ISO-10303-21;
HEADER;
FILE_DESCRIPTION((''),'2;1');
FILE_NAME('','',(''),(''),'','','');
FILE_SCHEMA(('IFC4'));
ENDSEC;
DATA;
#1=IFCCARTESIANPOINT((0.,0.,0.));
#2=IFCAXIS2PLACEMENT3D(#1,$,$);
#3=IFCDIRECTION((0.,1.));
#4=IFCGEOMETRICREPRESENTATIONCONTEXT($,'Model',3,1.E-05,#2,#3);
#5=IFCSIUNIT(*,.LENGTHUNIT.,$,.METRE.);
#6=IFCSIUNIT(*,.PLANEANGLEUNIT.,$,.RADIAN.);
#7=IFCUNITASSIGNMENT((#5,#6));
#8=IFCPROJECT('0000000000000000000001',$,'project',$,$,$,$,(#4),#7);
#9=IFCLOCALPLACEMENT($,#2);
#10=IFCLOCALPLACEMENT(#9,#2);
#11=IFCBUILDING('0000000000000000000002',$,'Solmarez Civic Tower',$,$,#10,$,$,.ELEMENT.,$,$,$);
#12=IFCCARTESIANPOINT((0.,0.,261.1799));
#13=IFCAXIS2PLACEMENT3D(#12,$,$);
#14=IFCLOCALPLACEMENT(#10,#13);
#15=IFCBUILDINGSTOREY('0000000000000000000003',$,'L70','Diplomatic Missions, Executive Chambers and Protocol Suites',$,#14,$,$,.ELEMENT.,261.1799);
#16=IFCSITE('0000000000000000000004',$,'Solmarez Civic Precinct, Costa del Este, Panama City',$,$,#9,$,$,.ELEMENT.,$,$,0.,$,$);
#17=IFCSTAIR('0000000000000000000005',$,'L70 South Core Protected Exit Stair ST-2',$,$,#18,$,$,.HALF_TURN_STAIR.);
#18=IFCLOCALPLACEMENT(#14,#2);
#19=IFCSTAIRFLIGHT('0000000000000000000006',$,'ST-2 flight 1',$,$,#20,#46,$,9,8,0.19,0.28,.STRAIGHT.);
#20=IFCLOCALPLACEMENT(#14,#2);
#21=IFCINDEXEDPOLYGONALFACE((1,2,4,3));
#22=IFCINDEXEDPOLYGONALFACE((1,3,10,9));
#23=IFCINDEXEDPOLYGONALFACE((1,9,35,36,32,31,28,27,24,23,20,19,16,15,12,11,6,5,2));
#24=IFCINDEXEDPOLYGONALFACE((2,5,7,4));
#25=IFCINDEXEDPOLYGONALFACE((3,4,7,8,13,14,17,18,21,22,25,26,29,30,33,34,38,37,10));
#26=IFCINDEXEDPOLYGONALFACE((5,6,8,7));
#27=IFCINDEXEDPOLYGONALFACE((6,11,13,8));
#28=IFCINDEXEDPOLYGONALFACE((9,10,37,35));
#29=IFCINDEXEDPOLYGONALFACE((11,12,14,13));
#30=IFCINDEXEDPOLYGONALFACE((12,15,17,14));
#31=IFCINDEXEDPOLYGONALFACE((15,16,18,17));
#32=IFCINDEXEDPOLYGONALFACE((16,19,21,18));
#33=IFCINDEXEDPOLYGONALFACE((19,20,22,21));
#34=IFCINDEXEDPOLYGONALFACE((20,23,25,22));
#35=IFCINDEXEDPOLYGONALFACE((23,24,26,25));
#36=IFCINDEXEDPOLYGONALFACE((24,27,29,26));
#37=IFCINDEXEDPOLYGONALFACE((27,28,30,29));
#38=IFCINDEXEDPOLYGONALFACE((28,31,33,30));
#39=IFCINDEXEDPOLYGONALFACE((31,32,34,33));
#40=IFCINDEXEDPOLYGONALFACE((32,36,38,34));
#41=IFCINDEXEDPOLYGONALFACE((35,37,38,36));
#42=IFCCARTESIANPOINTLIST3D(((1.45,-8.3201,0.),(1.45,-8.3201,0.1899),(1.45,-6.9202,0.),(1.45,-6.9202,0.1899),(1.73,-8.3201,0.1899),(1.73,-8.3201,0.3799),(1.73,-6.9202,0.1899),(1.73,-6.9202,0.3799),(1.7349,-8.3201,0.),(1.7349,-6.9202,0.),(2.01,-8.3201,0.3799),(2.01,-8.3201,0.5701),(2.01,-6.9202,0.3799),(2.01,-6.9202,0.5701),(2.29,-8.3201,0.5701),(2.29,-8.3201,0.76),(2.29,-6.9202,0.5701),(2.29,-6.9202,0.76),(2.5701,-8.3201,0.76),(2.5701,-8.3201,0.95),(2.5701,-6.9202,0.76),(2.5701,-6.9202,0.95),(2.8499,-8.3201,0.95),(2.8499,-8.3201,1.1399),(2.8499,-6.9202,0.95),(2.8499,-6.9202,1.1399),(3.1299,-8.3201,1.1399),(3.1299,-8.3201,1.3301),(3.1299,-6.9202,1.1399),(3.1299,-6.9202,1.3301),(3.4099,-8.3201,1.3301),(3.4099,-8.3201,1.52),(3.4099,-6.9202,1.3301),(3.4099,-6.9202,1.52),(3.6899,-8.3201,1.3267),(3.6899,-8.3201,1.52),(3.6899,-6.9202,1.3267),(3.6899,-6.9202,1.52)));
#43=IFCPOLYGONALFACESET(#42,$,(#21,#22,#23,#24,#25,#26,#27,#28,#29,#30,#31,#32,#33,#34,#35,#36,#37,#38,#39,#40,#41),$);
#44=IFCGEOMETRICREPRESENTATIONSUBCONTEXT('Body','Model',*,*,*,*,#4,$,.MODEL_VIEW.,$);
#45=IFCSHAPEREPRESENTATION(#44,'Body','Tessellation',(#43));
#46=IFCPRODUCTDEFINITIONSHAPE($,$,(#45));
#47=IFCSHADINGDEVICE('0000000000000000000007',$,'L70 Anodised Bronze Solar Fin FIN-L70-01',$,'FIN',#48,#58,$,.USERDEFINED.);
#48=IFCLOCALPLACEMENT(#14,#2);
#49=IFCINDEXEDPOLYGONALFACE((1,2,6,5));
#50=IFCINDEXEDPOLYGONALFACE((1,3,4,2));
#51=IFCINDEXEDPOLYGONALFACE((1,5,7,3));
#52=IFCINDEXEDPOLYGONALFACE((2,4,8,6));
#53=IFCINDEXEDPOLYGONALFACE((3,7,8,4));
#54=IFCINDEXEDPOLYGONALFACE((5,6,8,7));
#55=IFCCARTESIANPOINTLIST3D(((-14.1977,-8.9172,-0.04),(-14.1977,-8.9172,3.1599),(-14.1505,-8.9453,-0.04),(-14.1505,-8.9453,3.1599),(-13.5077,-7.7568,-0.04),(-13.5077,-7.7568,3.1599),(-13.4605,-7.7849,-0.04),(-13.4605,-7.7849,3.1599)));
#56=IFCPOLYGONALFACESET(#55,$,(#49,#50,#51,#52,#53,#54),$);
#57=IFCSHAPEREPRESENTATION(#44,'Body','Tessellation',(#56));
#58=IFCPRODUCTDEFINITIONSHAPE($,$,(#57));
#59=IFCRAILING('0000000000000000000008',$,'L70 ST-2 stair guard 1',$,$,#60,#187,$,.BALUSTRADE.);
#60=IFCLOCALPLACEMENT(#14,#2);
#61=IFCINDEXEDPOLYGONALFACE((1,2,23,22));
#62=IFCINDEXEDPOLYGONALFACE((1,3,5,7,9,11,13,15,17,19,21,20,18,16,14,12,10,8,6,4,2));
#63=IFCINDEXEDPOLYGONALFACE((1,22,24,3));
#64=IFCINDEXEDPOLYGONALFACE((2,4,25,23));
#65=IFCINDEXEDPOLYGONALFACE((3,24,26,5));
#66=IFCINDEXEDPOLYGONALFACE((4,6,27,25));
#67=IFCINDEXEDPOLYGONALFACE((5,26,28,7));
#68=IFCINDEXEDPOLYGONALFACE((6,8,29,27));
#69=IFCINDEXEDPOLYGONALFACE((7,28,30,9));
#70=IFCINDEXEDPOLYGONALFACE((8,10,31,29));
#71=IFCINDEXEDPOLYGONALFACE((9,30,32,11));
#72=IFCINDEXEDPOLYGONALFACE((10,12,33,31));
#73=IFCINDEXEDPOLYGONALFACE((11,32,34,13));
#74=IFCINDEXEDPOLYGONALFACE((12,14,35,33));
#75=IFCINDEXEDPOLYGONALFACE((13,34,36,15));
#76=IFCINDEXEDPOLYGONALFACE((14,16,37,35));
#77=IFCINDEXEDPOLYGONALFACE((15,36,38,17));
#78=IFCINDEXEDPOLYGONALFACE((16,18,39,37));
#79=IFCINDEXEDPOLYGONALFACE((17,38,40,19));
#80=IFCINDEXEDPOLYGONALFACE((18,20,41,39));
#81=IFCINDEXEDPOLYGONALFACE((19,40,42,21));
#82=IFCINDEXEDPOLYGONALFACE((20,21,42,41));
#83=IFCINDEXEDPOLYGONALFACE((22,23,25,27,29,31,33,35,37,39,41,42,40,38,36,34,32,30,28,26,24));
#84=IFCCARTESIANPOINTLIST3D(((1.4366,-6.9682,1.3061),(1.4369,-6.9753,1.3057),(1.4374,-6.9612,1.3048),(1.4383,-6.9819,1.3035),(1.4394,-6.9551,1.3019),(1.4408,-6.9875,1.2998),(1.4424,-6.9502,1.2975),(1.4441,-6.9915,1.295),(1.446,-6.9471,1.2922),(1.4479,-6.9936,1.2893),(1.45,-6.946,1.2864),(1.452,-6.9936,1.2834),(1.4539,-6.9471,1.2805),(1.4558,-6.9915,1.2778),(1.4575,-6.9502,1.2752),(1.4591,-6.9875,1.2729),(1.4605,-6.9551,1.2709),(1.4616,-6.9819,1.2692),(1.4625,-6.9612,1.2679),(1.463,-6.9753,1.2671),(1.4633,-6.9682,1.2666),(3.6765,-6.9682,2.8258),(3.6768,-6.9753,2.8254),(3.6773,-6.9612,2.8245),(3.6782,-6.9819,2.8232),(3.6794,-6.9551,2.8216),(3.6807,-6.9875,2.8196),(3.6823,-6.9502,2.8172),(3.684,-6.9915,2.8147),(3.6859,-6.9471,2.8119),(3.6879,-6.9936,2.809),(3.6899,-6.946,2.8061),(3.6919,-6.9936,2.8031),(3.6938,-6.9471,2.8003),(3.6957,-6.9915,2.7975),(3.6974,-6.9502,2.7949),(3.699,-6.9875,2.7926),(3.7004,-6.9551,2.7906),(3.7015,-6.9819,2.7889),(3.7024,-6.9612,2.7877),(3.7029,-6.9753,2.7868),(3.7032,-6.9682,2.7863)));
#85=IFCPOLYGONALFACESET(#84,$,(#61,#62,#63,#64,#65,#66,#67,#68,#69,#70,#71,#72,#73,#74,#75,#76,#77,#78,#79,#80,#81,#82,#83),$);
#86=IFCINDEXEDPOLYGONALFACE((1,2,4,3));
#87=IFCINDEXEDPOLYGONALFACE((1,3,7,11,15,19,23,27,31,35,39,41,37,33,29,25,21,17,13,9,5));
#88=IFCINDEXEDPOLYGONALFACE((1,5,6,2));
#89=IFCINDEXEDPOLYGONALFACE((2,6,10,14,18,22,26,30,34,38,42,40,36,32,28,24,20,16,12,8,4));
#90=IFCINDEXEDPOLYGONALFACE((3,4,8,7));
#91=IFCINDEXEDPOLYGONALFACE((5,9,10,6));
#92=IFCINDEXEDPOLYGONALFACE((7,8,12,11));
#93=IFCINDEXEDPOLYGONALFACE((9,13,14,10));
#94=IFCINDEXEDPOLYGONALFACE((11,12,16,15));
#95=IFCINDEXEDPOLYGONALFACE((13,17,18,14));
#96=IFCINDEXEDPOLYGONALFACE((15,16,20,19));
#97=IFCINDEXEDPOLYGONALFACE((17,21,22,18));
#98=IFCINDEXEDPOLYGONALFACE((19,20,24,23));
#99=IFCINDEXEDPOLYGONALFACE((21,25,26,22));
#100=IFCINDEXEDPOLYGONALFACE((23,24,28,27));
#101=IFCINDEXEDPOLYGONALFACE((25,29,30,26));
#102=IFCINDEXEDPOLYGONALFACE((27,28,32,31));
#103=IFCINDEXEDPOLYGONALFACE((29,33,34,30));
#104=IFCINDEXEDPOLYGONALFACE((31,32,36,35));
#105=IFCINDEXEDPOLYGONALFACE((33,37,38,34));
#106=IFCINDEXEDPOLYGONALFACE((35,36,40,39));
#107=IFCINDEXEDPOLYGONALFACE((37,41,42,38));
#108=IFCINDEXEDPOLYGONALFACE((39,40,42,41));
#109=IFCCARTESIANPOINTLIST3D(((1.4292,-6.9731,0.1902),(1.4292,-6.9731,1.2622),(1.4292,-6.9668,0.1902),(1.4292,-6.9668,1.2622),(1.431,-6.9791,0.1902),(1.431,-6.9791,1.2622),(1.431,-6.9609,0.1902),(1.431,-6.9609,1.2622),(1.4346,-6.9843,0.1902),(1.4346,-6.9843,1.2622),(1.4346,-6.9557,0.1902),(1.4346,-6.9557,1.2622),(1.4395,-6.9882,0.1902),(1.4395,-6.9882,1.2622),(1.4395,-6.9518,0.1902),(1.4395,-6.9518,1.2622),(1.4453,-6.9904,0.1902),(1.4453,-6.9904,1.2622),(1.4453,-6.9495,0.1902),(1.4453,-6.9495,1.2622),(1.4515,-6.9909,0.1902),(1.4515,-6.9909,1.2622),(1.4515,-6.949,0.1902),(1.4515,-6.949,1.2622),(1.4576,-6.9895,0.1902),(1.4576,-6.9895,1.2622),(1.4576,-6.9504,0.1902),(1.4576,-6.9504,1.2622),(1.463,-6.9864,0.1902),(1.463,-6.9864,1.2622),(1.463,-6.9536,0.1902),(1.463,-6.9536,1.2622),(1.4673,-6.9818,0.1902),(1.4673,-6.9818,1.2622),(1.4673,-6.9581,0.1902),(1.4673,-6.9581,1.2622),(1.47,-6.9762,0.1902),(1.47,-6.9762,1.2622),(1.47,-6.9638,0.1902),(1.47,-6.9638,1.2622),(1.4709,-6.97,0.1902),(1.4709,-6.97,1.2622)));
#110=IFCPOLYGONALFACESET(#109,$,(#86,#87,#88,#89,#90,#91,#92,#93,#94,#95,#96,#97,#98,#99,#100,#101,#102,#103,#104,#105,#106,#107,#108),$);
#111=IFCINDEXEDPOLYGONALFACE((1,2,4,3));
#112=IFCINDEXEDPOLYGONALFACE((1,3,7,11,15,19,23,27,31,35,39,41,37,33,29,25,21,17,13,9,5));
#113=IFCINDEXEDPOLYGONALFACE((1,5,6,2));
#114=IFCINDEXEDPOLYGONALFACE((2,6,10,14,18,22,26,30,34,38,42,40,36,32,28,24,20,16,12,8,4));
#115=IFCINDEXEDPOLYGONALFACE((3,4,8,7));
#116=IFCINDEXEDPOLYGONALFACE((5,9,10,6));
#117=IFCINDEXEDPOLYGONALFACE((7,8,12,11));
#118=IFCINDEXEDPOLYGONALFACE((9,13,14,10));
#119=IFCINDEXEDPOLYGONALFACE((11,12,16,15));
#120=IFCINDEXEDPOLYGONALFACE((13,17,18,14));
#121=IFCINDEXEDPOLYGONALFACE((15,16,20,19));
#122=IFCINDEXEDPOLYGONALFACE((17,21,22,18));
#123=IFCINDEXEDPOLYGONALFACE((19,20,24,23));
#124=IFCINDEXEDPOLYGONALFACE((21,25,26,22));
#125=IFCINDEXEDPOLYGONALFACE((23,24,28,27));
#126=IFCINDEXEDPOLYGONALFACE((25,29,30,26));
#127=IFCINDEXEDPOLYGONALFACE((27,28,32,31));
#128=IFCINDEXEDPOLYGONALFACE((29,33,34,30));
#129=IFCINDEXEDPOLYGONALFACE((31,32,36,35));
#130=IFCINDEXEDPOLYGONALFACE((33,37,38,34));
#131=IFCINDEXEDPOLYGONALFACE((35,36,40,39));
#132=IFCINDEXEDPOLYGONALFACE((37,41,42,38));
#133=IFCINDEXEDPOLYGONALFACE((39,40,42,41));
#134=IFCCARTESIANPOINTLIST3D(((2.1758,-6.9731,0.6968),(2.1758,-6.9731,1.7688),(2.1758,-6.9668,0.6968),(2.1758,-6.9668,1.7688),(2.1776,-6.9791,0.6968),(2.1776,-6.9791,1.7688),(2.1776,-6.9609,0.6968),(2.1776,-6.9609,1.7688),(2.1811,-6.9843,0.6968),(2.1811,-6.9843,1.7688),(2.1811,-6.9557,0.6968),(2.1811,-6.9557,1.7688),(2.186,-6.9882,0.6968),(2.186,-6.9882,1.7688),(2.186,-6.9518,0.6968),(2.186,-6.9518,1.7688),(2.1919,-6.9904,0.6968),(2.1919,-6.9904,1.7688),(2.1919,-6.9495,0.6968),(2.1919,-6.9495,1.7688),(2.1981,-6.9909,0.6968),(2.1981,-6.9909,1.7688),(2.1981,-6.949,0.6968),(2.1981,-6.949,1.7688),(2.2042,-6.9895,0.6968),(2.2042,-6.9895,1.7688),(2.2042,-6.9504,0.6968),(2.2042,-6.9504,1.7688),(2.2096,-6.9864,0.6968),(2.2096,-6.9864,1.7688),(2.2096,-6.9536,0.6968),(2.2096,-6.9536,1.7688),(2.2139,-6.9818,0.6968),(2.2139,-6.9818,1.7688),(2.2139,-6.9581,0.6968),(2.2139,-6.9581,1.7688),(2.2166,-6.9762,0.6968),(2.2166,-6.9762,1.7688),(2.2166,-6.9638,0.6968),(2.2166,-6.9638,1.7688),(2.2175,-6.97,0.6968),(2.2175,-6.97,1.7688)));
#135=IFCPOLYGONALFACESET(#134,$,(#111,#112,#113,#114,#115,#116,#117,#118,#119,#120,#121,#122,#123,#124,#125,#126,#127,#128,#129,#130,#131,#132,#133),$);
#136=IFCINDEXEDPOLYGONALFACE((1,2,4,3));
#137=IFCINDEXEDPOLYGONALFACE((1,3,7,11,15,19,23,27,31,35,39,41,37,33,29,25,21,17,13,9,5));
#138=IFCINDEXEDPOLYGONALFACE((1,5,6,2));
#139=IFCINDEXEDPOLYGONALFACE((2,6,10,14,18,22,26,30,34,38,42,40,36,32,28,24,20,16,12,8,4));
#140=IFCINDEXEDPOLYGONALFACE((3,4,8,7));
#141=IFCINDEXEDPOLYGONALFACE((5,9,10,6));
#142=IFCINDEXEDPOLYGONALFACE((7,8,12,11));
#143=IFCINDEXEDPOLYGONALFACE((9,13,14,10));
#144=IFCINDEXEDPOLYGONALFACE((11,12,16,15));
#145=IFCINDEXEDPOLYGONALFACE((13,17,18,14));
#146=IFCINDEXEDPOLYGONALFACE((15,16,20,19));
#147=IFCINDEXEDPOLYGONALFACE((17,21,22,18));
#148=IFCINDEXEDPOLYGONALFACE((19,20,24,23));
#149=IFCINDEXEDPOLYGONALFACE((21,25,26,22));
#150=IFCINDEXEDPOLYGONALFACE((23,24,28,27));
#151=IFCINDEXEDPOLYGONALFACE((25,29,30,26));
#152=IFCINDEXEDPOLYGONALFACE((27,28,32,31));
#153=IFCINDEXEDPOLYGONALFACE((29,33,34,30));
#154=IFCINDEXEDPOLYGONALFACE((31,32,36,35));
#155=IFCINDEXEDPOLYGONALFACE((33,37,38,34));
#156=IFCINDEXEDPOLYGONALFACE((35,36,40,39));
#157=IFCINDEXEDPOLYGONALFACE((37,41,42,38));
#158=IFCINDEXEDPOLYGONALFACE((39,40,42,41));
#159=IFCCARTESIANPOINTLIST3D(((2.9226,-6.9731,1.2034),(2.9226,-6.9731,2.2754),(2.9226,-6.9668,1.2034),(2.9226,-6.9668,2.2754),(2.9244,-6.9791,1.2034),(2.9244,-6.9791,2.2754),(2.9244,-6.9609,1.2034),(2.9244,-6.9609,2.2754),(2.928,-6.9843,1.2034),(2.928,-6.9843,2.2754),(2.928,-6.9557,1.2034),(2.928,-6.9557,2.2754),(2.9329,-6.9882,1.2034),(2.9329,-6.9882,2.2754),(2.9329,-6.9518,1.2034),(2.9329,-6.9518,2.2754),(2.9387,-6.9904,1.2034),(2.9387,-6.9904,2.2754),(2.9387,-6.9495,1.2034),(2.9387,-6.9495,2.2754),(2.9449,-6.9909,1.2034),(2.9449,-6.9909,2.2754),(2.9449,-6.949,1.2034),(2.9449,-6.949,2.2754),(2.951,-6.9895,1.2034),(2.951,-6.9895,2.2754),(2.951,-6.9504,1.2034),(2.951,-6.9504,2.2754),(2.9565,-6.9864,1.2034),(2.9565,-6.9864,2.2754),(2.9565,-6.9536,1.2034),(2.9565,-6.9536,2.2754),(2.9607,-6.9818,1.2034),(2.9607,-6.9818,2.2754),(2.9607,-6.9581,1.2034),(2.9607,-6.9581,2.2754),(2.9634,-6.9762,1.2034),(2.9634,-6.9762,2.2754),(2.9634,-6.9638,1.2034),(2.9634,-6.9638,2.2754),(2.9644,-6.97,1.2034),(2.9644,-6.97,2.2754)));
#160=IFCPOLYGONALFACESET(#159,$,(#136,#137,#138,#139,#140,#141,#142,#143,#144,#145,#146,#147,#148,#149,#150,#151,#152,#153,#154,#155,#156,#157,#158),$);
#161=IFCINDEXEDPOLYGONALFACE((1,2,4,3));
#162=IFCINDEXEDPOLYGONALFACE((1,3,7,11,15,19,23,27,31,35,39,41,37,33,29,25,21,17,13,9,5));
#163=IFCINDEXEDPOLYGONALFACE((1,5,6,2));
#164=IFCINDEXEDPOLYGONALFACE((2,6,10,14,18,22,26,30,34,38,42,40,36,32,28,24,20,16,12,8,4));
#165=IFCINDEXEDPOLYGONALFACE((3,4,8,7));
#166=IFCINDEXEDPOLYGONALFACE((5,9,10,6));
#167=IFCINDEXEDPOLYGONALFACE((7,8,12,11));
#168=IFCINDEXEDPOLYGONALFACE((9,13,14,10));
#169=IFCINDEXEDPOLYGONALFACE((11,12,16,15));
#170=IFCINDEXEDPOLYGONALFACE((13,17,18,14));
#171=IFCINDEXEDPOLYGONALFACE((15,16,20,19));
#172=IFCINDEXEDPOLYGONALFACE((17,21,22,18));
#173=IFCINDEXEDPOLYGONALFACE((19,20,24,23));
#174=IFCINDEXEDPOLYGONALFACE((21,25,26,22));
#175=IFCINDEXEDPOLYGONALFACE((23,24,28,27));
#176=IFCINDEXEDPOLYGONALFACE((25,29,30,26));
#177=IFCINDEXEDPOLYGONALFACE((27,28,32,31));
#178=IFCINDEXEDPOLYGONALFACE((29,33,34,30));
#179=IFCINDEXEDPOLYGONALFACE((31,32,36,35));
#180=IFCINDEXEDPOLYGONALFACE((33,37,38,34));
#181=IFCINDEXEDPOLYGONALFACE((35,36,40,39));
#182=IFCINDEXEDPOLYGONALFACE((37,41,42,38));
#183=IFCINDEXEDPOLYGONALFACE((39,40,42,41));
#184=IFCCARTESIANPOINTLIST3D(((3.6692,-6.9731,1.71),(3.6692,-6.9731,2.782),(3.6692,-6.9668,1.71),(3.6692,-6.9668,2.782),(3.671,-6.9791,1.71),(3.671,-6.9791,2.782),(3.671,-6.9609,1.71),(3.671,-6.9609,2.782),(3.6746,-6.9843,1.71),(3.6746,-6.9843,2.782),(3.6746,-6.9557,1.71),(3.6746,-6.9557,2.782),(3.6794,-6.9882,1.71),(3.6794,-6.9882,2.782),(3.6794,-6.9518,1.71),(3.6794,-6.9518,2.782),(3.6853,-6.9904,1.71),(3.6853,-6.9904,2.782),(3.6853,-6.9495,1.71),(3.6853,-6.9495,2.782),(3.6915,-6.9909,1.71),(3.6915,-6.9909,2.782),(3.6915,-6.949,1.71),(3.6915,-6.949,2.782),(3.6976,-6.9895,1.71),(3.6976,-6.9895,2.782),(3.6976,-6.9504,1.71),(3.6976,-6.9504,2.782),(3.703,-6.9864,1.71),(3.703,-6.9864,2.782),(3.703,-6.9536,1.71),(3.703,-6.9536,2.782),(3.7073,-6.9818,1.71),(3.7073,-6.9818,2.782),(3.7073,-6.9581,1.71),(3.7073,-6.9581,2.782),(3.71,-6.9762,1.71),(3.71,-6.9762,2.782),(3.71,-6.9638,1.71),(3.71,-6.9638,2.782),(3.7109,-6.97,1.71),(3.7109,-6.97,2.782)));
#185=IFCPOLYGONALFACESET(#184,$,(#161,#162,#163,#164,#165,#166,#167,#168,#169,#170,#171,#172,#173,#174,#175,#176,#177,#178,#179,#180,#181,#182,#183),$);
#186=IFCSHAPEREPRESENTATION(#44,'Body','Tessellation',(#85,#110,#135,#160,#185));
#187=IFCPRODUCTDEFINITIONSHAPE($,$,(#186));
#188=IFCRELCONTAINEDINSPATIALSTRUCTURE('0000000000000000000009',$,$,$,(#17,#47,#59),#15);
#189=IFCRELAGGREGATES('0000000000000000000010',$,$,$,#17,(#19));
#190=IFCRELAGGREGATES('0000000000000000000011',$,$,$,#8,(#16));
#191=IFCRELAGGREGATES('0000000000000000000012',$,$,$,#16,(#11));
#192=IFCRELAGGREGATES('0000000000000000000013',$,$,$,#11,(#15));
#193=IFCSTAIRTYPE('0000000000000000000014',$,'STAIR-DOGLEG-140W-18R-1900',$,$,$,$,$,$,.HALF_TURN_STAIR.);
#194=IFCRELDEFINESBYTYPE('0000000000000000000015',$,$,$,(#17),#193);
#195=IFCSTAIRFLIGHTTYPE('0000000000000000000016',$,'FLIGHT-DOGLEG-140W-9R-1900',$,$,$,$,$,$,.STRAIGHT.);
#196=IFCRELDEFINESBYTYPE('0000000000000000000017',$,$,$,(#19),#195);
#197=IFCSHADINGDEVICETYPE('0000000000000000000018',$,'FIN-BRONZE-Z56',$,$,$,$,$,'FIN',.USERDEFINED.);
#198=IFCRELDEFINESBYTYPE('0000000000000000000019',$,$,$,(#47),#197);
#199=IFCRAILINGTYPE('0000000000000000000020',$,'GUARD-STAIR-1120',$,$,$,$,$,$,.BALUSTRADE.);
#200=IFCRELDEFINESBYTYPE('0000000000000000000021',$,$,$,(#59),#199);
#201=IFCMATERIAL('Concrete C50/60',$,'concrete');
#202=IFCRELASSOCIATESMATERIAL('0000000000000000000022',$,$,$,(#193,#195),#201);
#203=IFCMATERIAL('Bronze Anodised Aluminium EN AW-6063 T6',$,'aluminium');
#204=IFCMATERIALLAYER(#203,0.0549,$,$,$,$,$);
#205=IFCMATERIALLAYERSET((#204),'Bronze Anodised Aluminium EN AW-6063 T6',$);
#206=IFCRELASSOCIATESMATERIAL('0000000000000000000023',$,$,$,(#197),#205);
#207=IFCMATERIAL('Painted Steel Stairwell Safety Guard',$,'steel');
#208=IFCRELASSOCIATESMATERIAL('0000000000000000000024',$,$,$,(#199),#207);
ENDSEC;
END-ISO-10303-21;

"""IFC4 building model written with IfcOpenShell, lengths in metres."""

from ifc_helpers import new_model, si_unit, direction, frame, origin, origin_2d, place, context, subcontext, project, spatial, polyline, rectangle, circle, outline, extrude, material, layer, layer_set, type_object, element, aggregate, save


model = new_model("IFC4")

# Units and contexts
model_context = context("Model", 3, precision=1e-05, world=origin(), true_north=direction((0.0, 1.0)))
body_context = subcontext(model_context, "Body", "Model", "MODEL_VIEW")
ifc_project = project(units=[si_unit("LENGTHUNIT", "METRE"), si_unit("PLANEANGLEUNIT", "RADIAN")], contexts=[model_context])

# Site, building, storey
site_placement = place(None, origin())
site = spatial("IfcSite", under=ifc_project, at=site_placement, Name="Solmarez Civic Precinct, Costa del Este, Panama City", CompositionType="ELEMENT", RefElevation=0.0)
building_placement = place(site_placement, origin())
building = spatial("IfcBuilding", under=site, at=building_placement, Name="Solmarez Civic Tower", CompositionType="ELEMENT")
storey_placement = place(building_placement, frame((0.0, 0.0, 261.1799)))
storey = spatial("IfcBuildingStorey", under=building, at=storey_placement, Name="L70", Description="Diplomatic Missions, Executive Chambers and Protocol Suites", CompositionType="ELEMENT", Elevation=261.1799)

# Shared definitions
ifc_material_1 = material(Name="Concrete C50/60", Category="concrete")

# Stair, stair flight
stair_type = type_object("IfcStairType", Name="STAIR-DOGLEG-140W-18R-1900", PredefinedType="HALF_TURN_STAIR", material=ifc_material_1)
stair_placement = place(storey_placement, origin())
stair = element("IfcStair", 1, at=stair_placement, inside=storey, type_object=stair_type, Name="L70 South Core Protected Exit Stair ST-2", PredefinedType="HALF_TURN_STAIR")
stair_flight_type = type_object("IfcStairFlightType", Name="FLIGHT-DOGLEG-140W-9R-1900", PredefinedType="STRAIGHT", material=ifc_material_1)
stair_flight_placement = place(storey_placement, frame((1.45, -7.6201, 0.0), z_axis=(0.0, 0.0, 1.0), x_axis=(1.0, 0.0, 0.0)))
stair_flight = element("IfcStairFlight", 2, at=stair_flight_placement, type_object=stair_flight_type, Name="ST-2 flight 1", NumberOfRisers=9, NumberOfTreads=8, PredefinedType="STRAIGHT", RiserHeight=0.19, TreadLength=0.28, context=body_context, shape_type="SweptSolid", body=[
    extrude(outline(polyline([(0.0, 0.0), (0.0, 0.1899), (0.28, 0.1899), (0.28, 0.3799), (0.5601, 0.3799), (0.5601, 0.5701), (0.8401, 0.5701), (0.8401, 0.76), (1.1201, 0.76), (1.1201, 0.95), (1.3999, 0.95), (1.3999, 1.1399), (1.6799, 1.1399), (1.6799, 1.3301), (1.96, 1.3301), (1.96, 1.52), (2.24, 1.52), (2.24, 1.71), (2.24, 1.3267), (0.2849, 0.0), (0.0, 0.0)])), frame((0.0, 0.7, 0.0), z_axis=(0.0, -1.0, 0.0), x_axis=(1.0, 0.0, 0.0)), (0.0, 0.0, 1.0), 1.3999),
])
aggregate(stair, [stair_flight])

# Shading device
ifc_material_2 = material(Name="Bronze Anodised Aluminium EN AW-6063 T6", Category="aluminium")
ifc_layer_1 = layer(ifc_material_2, 0.0549)
ifc_layer_set_1 = layer_set([ifc_layer_1], Name="Bronze Anodised Aluminium EN AW-6063 T6")
shading_device_type = type_object("IfcShadingDeviceType", Name="FIN-BRONZE-Z56", ElementType="FIN", PredefinedType="USERDEFINED", material=ifc_layer_set_1)
shading_device_placement = place(storey_placement, frame((-13.8291, -8.3511, -0.04), z_axis=(0.0, 0.0, 1.0), x_axis=(-0.511128, -0.859505, 0.0)))
element("IfcShadingDevice", 3, at=shading_device_placement, inside=storey, type_object=shading_device_type, Name="L70 Anodised Bronze Solar Fin FIN-L70-01", ObjectType="FIN", PredefinedType="USERDEFINED", context=body_context, shape_type="SweptSolid", body=[
    extrude(rectangle(XDim=1.3501, YDim=0.0549, at=origin_2d()), origin(), (0.0, 0.0, 1.0), 3.2),
])

# Railing
ifc_material_3 = material(Name="Painted Steel Stairwell Safety Guard", Category="steel")
railing_type_1 = type_object("IfcRailingType", Name="GUARD-STAIR-1120", PredefinedType="BALUSTRADE", material=ifc_material_3)
railing_1_placement = place(storey_placement, frame((1.45, -6.97, 0.1902)))
element("IfcRailing", 4, at=railing_1_placement, inside=storey, type_object=railing_type_1, Name="L70 ST-2 stair guard 1", PredefinedType="BALUSTRADE", context=body_context, shape_type="SweptSolid", body=[
    extrude(circle(Radius=0.0239, at=origin_2d()), frame((0.0, 0.0, 1.0962), z_axis=(0.827513, 0.0, 0.561446), x_axis=(0.0, 1.0, 0.0)), (0.0, 0.0, 1.0), 2.7068),
    extrude(circle(Radius=0.021, at=origin_2d()), origin(), (0.0, 0.0, 1.0), 1.072),
    extrude(circle(Radius=0.021, at=origin_2d()), frame((0.7466, 0.0, 0.5066)), (0.0, 0.0, 1.0), 1.072),
    extrude(circle(Radius=0.021, at=origin_2d()), frame((1.4934, 0.0, 1.0132)), (0.0, 0.0, 1.0), 1.072),
    extrude(circle(Radius=0.021, at=origin_2d()), frame((2.24, 0.0, 1.5198)), (0.0, 0.0, 1.0), 1.072),
])

save(model, "model.ifc")
